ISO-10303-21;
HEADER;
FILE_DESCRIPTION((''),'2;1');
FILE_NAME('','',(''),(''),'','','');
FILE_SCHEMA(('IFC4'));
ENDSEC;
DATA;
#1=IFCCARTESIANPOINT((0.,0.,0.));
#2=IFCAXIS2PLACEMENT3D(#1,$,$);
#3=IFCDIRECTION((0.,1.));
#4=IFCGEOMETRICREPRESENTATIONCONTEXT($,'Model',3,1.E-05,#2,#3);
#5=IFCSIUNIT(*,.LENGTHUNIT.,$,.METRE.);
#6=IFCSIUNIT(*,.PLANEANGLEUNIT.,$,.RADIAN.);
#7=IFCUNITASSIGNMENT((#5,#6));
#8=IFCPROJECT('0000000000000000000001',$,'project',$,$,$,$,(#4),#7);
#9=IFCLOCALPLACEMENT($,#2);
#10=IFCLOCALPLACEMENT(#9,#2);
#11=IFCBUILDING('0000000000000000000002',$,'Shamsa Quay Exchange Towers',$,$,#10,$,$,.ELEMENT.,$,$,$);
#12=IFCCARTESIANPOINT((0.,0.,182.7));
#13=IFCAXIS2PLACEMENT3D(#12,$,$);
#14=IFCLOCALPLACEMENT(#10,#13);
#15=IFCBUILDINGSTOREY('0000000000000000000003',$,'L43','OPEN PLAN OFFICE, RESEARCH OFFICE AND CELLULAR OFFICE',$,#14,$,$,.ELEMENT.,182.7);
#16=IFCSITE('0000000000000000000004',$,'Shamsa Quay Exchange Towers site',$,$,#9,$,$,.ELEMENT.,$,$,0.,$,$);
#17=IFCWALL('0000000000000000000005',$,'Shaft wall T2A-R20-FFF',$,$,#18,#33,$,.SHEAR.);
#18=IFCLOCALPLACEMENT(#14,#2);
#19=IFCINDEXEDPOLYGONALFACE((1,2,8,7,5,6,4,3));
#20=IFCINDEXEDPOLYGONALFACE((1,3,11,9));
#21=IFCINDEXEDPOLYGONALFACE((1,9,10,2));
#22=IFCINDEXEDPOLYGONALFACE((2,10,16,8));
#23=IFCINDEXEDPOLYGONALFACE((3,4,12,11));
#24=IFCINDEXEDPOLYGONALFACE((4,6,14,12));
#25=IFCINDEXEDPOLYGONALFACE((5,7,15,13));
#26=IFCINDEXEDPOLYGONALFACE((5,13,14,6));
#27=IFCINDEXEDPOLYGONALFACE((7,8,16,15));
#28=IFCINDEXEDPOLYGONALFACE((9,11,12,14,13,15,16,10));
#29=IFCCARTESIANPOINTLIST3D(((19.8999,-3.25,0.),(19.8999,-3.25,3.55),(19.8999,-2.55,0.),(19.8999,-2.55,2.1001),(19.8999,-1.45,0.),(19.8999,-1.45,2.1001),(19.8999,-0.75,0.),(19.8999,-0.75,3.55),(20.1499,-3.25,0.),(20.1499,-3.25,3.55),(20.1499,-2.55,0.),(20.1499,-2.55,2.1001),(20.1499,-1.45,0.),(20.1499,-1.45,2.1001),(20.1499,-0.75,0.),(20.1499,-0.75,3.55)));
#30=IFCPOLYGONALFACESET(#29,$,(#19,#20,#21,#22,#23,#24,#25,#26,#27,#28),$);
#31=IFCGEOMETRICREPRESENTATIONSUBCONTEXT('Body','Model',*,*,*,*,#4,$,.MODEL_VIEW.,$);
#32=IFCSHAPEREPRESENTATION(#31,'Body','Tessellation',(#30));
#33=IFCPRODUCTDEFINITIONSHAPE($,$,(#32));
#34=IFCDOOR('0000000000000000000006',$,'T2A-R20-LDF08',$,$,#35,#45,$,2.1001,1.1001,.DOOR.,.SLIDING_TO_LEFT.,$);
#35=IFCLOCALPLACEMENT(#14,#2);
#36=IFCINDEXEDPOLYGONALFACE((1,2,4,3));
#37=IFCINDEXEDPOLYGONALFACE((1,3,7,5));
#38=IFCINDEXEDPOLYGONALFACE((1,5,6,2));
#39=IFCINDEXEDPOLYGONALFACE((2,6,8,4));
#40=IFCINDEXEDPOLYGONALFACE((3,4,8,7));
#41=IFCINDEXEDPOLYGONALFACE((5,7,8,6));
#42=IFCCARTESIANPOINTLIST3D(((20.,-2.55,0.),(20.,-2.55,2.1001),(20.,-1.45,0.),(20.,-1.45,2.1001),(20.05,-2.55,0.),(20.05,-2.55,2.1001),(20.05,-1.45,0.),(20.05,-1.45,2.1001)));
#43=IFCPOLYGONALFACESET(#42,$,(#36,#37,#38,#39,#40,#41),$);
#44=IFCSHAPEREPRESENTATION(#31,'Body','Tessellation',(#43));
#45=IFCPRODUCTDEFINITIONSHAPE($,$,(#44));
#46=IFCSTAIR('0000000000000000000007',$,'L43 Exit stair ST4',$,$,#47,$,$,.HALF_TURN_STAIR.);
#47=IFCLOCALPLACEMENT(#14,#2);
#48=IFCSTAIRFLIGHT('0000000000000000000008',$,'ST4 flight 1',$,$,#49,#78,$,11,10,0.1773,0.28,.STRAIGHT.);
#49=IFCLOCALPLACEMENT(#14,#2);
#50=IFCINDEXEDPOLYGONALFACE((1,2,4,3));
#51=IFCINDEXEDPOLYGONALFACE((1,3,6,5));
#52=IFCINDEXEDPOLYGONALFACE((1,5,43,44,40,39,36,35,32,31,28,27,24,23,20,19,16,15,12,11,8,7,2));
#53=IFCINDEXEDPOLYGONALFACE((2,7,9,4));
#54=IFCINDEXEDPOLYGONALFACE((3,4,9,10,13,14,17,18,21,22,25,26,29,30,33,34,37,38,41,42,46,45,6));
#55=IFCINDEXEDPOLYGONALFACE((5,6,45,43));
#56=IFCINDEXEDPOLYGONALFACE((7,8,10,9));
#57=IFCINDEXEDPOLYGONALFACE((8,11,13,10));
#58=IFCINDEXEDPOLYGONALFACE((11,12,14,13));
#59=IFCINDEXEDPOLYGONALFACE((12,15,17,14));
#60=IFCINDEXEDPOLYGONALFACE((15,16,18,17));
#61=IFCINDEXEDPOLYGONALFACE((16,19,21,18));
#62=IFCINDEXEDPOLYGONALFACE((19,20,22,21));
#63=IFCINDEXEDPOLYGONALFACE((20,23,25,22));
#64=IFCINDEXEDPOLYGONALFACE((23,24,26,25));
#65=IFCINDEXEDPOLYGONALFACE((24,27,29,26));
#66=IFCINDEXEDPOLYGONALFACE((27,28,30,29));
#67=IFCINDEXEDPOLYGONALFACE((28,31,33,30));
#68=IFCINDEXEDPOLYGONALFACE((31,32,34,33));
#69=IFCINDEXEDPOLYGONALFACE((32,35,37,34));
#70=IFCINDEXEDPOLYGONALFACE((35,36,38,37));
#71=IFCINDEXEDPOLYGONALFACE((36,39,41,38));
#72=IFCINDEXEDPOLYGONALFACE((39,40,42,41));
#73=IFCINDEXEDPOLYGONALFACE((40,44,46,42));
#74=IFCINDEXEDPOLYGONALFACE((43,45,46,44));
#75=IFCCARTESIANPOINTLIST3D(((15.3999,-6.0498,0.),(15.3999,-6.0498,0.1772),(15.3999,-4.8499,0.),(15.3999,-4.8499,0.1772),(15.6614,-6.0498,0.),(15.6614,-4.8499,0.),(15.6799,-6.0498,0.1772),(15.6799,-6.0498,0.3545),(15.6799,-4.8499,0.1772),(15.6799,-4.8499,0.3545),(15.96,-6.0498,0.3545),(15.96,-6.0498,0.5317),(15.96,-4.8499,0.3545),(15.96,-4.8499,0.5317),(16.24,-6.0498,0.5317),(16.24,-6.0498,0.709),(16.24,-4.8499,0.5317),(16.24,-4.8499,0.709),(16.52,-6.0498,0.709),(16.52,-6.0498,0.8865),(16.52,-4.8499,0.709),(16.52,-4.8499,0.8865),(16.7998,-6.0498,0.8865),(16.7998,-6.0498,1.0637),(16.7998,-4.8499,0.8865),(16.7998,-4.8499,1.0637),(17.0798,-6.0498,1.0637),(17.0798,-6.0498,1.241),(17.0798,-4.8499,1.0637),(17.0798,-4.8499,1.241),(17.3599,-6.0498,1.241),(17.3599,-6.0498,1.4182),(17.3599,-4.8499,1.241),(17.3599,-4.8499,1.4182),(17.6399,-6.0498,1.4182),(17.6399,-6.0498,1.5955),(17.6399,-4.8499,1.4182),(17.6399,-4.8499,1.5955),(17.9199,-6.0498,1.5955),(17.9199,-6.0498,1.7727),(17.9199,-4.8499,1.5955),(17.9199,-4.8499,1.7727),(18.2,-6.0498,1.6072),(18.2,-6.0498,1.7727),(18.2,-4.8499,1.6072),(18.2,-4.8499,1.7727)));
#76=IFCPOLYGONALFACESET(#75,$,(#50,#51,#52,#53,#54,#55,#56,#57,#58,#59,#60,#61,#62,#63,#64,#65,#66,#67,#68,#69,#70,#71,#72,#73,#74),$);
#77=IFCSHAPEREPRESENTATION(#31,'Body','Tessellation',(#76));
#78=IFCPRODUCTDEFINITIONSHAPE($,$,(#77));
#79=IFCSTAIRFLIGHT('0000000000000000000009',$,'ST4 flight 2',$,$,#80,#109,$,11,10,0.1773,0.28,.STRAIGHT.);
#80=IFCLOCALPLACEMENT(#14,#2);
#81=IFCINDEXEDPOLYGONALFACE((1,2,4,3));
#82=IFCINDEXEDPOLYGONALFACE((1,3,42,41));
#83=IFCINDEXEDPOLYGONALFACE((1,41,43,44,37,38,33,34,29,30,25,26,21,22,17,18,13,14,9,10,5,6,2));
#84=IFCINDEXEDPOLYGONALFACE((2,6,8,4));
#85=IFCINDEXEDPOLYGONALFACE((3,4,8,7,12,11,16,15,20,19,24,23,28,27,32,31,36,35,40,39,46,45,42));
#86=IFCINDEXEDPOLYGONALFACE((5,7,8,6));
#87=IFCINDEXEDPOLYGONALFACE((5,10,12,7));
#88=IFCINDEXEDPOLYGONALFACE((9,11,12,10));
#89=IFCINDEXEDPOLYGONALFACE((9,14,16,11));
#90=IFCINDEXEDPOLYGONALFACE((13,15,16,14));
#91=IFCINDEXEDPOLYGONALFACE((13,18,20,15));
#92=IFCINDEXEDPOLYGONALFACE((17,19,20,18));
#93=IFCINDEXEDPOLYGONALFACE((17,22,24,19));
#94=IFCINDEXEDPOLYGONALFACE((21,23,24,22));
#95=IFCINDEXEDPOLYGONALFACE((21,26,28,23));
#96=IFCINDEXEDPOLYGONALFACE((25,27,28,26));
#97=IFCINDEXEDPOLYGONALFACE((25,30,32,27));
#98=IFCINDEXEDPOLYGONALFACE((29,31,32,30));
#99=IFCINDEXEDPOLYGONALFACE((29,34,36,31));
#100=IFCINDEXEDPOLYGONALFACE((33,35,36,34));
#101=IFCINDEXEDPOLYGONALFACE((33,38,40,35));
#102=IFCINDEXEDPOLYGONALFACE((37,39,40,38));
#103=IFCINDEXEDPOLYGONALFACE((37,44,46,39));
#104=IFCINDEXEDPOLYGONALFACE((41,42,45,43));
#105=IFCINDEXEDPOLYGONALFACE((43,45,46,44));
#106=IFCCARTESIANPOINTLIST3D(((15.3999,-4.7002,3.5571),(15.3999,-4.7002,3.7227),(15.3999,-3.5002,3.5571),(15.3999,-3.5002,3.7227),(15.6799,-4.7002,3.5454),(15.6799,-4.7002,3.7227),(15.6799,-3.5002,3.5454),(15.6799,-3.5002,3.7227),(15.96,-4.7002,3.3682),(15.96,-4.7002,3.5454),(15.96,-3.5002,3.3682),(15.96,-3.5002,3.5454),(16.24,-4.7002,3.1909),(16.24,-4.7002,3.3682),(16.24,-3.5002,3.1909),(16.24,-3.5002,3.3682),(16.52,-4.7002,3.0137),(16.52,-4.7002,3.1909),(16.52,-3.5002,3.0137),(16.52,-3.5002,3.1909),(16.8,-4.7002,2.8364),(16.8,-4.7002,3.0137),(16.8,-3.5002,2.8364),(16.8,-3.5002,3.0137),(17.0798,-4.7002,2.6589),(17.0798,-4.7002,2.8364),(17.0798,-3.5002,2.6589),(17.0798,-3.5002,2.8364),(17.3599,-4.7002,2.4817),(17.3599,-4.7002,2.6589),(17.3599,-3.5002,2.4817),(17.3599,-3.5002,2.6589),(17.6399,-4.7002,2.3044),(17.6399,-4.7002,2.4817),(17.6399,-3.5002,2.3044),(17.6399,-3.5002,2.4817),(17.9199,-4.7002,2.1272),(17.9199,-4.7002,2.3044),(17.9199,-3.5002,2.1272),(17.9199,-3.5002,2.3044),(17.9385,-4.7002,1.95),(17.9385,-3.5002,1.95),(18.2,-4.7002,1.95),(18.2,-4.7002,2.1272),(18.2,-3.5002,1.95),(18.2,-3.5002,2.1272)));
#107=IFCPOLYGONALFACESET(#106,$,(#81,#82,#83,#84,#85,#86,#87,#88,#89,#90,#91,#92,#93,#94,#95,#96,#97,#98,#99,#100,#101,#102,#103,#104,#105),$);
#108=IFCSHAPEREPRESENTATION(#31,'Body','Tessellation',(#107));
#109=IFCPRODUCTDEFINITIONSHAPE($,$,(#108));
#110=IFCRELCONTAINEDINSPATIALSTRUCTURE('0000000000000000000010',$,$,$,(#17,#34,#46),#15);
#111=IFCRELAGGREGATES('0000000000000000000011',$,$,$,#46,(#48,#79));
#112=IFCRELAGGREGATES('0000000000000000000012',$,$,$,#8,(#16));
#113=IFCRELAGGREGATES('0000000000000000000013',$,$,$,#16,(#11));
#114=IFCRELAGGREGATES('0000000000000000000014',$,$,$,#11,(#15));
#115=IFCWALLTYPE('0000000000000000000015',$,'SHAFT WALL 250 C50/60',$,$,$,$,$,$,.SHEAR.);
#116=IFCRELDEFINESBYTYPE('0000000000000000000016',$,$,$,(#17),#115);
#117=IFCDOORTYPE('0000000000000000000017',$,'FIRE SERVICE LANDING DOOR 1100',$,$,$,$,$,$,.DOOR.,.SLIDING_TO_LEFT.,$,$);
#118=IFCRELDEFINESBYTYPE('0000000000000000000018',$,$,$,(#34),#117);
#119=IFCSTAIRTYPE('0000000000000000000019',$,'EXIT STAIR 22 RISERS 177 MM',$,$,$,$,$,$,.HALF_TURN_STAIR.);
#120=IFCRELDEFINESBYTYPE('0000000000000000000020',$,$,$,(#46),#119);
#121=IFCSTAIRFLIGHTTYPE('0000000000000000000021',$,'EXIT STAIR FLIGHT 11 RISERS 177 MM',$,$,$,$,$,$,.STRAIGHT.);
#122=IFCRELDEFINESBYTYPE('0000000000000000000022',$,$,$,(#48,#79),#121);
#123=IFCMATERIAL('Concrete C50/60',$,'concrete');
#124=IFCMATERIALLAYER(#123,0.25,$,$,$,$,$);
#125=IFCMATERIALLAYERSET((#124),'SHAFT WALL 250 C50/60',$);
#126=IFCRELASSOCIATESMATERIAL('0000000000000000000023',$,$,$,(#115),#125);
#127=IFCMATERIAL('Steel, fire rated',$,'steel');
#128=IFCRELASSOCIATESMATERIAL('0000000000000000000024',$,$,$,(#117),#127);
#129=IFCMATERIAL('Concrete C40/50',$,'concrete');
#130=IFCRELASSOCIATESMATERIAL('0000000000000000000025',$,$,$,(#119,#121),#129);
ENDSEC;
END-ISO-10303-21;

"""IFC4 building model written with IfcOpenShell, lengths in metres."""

from ifc_helpers import new_model, si_unit, direction, frame, frame_2d, origin, place, context, subcontext, project, spatial, polyline, rectangle, outline, extrude, material, layer, layer_set, type_object, element, fill, aggregate, save


model = new_model("IFC4")

# Units and contexts
model_context = context("Model", 3, precision=1e-05, world=origin(), true_north=direction((0.0, 1.0)))
body_context = subcontext(model_context, "Body", "Model", "MODEL_VIEW")
ifc_project = project(units=[si_unit("LENGTHUNIT", "METRE"), si_unit("PLANEANGLEUNIT", "RADIAN")], contexts=[model_context])

# Site, building, storey
site_placement = place(None, origin())
site = spatial("IfcSite", under=ifc_project, at=site_placement, Name="Shamsa Quay Exchange Towers site", CompositionType="ELEMENT", RefElevation=0.0)
building_placement = place(site_placement, origin())
building = spatial("IfcBuilding", under=site, at=building_placement, Name="Shamsa Quay Exchange Towers", CompositionType="ELEMENT")
storey_placement = place(building_placement, frame((0.0, 0.0, 182.7)))
storey = spatial("IfcBuildingStorey", under=building, at=storey_placement, Name="L43", Description="OPEN PLAN OFFICE, RESEARCH OFFICE AND CELLULAR OFFICE", CompositionType="ELEMENT", Elevation=182.7)

# Shared definitions
ifc_material_1 = material(Name="Concrete C50/60", Category="concrete")
ifc_layer_1 = layer(ifc_material_1, 0.25)
ifc_layer_set_1 = layer_set([ifc_layer_1], Name="SHAFT WALL 250 C50/60")
wall_type_1 = type_object("IfcWallType", Name="SHAFT WALL 250 C50/60", PredefinedType="SHEAR", material=ifc_layer_set_1)

# Wall, opening, door
wall_1_placement = place(storey_placement, frame((20.0249, -3.25, 0.0), z_axis=(0.0, 0.0, 1.0), x_axis=(0.0, 1.0, 0.0)))
wall_1 = element("IfcWall", 1, at=wall_1_placement, inside=storey, type_object=wall_type_1, Name="Shaft wall T2A-R20-FFF", PredefinedType="SHEAR", context=body_context, shape_type="SweptSolid", body=[
    extrude(rectangle(XDim=2.5, YDim=0.25, at=frame_2d((1.25, 0.0))), origin(), (0.0, 0.0, 1.0), 3.55),
])
opening_1_placement = place(wall_1_placement, frame((0.7, 0.0, 0.0)))
opening_1 = element("IfcOpeningElement", 2, at=opening_1_placement, cuts=wall_1, PredefinedType="OPENING", context=body_context, shape_type="SweptSolid", body=[
    extrude(rectangle(XDim=1.1001, YDim=2.1001, at=frame_2d((0.55, 1.05))), frame((0.0, 0.135, 0.0), z_axis=(0.0, -1.0, 0.0), x_axis=(1.0, 0.0, 0.0)), (0.0, 0.0, 1.0), 0.27),
])
ifc_material_2 = material(Name="Steel, fire rated", Category="steel")
door_type_1 = type_object("IfcDoorType", Name="FIRE SERVICE LANDING DOOR 1100", OperationType="SLIDING_TO_LEFT", PredefinedType="DOOR", material=ifc_material_2)
door_1_placement = place(opening_1_placement, origin())
door_1 = element("IfcDoor", 3, at=door_1_placement, inside=storey, type_object=door_type_1, Name="T2A-R20-LDF08", OperationType="SLIDING_TO_LEFT", OverallHeight=2.1001, OverallWidth=1.1001, PredefinedType="DOOR", context=body_context, shape_type="SweptSolid", body=[
    extrude(rectangle(XDim=1.1001, YDim=2.1001, at=frame_2d((0.55, 1.05))), frame((0.0, 0.0249, 0.0), z_axis=(0.0, -1.0, 0.0), x_axis=(1.0, 0.0, 0.0)), (0.0, 0.0, 1.0), 0.05),
])
fill(opening_1, door_1)

# Stair, stair flights
ifc_material_3 = material(Name="Concrete C40/50", Category="concrete")
stair_type = type_object("IfcStairType", Name="EXIT STAIR 22 RISERS 177 MM", PredefinedType="HALF_TURN_STAIR", material=ifc_material_3)
stair_placement = place(storey_placement, origin())
stair = element("IfcStair", 4, at=stair_placement, inside=storey, type_object=stair_type, Name="L43 Exit stair ST4", PredefinedType="HALF_TURN_STAIR")
stair_flight_type = type_object("IfcStairFlightType", Name="EXIT STAIR FLIGHT 11 RISERS 177 MM", PredefinedType="STRAIGHT", material=ifc_material_3)
stair_flight_1_placement = place(storey_placement, frame((15.3999, -5.45, 0.0)))
stair_flight_1 = element("IfcStairFlight", 5, at=stair_flight_1_placement, type_object=stair_flight_type, Name="ST4 flight 1", NumberOfRisers=11, NumberOfTreads=10, PredefinedType="STRAIGHT", RiserHeight=0.1773, TreadLength=0.28, context=body_context, shape_type="SweptSolid", body=[
    extrude(outline(polyline([(0.0, 0.0), (0.0, 0.1772), (0.28, 0.1772), (0.28, 0.3545), (0.5601, 0.3545), (0.5601, 0.5317), (0.8401, 0.5317), (0.8401, 0.709), (1.1201, 0.709), (1.1201, 0.8865), (1.3999, 0.8865), (1.3999, 1.0637), (1.6799, 1.0637), (1.6799, 1.241), (1.96, 1.241), (1.96, 1.4182), (2.24, 1.4182), (2.24, 1.5955), (2.52, 1.5955), (2.52, 1.7727), (2.8, 1.7727), (2.8, 1.95), (2.8, 1.6072), (0.2615, 0.0), (0.0, 0.0)])), frame((0.0, 0.6001, 0.0), z_axis=(0.0, -1.0, 0.0), x_axis=(1.0, 0.0, 0.0)), (0.0, 0.0, 1.0), 1.2),
])
stair_flight_2_placement = place(storey_placement, frame((18.2, -4.1001, 1.95), z_axis=(0.0, 0.0, 1.0), x_axis=(-1.0, 0.0, 0.0)))
stair_flight_2 = element("IfcStairFlight", 6, at=stair_flight_2_placement, type_object=stair_flight_type, Name="ST4 flight 2", NumberOfRisers=11, NumberOfTreads=10, PredefinedType="STRAIGHT", RiserHeight=0.1773, TreadLength=0.28, context=body_context, shape_type="SweptSolid", body=[
    extrude(outline(polyline([(0.0, 0.0), (0.0, 0.1772), (0.28, 0.1772), (0.28, 0.3545), (0.5601, 0.3545), (0.5601, 0.5317), (0.8401, 0.5317), (0.8401, 0.709), (1.1201, 0.709), (1.1201, 0.8865), (1.3999, 0.8865), (1.3999, 1.0637), (1.6799, 1.0637), (1.6799, 1.241), (1.96, 1.241), (1.96, 1.4182), (2.24, 1.4182), (2.24, 1.5955), (2.52, 1.5955), (2.52, 1.7727), (2.8, 1.7727), (2.8, 1.95), (2.8, 1.6072), (0.2615, 0.0), (0.0, 0.0)])), frame((0.0, 0.6001, 0.0), z_axis=(0.0, -1.0, 0.0), x_axis=(1.0, 0.0, 0.0)), (0.0, 0.0, 1.0), 1.2),
])
aggregate(stair, [stair_flight_1, stair_flight_2])

save(model, "model.ifc")
